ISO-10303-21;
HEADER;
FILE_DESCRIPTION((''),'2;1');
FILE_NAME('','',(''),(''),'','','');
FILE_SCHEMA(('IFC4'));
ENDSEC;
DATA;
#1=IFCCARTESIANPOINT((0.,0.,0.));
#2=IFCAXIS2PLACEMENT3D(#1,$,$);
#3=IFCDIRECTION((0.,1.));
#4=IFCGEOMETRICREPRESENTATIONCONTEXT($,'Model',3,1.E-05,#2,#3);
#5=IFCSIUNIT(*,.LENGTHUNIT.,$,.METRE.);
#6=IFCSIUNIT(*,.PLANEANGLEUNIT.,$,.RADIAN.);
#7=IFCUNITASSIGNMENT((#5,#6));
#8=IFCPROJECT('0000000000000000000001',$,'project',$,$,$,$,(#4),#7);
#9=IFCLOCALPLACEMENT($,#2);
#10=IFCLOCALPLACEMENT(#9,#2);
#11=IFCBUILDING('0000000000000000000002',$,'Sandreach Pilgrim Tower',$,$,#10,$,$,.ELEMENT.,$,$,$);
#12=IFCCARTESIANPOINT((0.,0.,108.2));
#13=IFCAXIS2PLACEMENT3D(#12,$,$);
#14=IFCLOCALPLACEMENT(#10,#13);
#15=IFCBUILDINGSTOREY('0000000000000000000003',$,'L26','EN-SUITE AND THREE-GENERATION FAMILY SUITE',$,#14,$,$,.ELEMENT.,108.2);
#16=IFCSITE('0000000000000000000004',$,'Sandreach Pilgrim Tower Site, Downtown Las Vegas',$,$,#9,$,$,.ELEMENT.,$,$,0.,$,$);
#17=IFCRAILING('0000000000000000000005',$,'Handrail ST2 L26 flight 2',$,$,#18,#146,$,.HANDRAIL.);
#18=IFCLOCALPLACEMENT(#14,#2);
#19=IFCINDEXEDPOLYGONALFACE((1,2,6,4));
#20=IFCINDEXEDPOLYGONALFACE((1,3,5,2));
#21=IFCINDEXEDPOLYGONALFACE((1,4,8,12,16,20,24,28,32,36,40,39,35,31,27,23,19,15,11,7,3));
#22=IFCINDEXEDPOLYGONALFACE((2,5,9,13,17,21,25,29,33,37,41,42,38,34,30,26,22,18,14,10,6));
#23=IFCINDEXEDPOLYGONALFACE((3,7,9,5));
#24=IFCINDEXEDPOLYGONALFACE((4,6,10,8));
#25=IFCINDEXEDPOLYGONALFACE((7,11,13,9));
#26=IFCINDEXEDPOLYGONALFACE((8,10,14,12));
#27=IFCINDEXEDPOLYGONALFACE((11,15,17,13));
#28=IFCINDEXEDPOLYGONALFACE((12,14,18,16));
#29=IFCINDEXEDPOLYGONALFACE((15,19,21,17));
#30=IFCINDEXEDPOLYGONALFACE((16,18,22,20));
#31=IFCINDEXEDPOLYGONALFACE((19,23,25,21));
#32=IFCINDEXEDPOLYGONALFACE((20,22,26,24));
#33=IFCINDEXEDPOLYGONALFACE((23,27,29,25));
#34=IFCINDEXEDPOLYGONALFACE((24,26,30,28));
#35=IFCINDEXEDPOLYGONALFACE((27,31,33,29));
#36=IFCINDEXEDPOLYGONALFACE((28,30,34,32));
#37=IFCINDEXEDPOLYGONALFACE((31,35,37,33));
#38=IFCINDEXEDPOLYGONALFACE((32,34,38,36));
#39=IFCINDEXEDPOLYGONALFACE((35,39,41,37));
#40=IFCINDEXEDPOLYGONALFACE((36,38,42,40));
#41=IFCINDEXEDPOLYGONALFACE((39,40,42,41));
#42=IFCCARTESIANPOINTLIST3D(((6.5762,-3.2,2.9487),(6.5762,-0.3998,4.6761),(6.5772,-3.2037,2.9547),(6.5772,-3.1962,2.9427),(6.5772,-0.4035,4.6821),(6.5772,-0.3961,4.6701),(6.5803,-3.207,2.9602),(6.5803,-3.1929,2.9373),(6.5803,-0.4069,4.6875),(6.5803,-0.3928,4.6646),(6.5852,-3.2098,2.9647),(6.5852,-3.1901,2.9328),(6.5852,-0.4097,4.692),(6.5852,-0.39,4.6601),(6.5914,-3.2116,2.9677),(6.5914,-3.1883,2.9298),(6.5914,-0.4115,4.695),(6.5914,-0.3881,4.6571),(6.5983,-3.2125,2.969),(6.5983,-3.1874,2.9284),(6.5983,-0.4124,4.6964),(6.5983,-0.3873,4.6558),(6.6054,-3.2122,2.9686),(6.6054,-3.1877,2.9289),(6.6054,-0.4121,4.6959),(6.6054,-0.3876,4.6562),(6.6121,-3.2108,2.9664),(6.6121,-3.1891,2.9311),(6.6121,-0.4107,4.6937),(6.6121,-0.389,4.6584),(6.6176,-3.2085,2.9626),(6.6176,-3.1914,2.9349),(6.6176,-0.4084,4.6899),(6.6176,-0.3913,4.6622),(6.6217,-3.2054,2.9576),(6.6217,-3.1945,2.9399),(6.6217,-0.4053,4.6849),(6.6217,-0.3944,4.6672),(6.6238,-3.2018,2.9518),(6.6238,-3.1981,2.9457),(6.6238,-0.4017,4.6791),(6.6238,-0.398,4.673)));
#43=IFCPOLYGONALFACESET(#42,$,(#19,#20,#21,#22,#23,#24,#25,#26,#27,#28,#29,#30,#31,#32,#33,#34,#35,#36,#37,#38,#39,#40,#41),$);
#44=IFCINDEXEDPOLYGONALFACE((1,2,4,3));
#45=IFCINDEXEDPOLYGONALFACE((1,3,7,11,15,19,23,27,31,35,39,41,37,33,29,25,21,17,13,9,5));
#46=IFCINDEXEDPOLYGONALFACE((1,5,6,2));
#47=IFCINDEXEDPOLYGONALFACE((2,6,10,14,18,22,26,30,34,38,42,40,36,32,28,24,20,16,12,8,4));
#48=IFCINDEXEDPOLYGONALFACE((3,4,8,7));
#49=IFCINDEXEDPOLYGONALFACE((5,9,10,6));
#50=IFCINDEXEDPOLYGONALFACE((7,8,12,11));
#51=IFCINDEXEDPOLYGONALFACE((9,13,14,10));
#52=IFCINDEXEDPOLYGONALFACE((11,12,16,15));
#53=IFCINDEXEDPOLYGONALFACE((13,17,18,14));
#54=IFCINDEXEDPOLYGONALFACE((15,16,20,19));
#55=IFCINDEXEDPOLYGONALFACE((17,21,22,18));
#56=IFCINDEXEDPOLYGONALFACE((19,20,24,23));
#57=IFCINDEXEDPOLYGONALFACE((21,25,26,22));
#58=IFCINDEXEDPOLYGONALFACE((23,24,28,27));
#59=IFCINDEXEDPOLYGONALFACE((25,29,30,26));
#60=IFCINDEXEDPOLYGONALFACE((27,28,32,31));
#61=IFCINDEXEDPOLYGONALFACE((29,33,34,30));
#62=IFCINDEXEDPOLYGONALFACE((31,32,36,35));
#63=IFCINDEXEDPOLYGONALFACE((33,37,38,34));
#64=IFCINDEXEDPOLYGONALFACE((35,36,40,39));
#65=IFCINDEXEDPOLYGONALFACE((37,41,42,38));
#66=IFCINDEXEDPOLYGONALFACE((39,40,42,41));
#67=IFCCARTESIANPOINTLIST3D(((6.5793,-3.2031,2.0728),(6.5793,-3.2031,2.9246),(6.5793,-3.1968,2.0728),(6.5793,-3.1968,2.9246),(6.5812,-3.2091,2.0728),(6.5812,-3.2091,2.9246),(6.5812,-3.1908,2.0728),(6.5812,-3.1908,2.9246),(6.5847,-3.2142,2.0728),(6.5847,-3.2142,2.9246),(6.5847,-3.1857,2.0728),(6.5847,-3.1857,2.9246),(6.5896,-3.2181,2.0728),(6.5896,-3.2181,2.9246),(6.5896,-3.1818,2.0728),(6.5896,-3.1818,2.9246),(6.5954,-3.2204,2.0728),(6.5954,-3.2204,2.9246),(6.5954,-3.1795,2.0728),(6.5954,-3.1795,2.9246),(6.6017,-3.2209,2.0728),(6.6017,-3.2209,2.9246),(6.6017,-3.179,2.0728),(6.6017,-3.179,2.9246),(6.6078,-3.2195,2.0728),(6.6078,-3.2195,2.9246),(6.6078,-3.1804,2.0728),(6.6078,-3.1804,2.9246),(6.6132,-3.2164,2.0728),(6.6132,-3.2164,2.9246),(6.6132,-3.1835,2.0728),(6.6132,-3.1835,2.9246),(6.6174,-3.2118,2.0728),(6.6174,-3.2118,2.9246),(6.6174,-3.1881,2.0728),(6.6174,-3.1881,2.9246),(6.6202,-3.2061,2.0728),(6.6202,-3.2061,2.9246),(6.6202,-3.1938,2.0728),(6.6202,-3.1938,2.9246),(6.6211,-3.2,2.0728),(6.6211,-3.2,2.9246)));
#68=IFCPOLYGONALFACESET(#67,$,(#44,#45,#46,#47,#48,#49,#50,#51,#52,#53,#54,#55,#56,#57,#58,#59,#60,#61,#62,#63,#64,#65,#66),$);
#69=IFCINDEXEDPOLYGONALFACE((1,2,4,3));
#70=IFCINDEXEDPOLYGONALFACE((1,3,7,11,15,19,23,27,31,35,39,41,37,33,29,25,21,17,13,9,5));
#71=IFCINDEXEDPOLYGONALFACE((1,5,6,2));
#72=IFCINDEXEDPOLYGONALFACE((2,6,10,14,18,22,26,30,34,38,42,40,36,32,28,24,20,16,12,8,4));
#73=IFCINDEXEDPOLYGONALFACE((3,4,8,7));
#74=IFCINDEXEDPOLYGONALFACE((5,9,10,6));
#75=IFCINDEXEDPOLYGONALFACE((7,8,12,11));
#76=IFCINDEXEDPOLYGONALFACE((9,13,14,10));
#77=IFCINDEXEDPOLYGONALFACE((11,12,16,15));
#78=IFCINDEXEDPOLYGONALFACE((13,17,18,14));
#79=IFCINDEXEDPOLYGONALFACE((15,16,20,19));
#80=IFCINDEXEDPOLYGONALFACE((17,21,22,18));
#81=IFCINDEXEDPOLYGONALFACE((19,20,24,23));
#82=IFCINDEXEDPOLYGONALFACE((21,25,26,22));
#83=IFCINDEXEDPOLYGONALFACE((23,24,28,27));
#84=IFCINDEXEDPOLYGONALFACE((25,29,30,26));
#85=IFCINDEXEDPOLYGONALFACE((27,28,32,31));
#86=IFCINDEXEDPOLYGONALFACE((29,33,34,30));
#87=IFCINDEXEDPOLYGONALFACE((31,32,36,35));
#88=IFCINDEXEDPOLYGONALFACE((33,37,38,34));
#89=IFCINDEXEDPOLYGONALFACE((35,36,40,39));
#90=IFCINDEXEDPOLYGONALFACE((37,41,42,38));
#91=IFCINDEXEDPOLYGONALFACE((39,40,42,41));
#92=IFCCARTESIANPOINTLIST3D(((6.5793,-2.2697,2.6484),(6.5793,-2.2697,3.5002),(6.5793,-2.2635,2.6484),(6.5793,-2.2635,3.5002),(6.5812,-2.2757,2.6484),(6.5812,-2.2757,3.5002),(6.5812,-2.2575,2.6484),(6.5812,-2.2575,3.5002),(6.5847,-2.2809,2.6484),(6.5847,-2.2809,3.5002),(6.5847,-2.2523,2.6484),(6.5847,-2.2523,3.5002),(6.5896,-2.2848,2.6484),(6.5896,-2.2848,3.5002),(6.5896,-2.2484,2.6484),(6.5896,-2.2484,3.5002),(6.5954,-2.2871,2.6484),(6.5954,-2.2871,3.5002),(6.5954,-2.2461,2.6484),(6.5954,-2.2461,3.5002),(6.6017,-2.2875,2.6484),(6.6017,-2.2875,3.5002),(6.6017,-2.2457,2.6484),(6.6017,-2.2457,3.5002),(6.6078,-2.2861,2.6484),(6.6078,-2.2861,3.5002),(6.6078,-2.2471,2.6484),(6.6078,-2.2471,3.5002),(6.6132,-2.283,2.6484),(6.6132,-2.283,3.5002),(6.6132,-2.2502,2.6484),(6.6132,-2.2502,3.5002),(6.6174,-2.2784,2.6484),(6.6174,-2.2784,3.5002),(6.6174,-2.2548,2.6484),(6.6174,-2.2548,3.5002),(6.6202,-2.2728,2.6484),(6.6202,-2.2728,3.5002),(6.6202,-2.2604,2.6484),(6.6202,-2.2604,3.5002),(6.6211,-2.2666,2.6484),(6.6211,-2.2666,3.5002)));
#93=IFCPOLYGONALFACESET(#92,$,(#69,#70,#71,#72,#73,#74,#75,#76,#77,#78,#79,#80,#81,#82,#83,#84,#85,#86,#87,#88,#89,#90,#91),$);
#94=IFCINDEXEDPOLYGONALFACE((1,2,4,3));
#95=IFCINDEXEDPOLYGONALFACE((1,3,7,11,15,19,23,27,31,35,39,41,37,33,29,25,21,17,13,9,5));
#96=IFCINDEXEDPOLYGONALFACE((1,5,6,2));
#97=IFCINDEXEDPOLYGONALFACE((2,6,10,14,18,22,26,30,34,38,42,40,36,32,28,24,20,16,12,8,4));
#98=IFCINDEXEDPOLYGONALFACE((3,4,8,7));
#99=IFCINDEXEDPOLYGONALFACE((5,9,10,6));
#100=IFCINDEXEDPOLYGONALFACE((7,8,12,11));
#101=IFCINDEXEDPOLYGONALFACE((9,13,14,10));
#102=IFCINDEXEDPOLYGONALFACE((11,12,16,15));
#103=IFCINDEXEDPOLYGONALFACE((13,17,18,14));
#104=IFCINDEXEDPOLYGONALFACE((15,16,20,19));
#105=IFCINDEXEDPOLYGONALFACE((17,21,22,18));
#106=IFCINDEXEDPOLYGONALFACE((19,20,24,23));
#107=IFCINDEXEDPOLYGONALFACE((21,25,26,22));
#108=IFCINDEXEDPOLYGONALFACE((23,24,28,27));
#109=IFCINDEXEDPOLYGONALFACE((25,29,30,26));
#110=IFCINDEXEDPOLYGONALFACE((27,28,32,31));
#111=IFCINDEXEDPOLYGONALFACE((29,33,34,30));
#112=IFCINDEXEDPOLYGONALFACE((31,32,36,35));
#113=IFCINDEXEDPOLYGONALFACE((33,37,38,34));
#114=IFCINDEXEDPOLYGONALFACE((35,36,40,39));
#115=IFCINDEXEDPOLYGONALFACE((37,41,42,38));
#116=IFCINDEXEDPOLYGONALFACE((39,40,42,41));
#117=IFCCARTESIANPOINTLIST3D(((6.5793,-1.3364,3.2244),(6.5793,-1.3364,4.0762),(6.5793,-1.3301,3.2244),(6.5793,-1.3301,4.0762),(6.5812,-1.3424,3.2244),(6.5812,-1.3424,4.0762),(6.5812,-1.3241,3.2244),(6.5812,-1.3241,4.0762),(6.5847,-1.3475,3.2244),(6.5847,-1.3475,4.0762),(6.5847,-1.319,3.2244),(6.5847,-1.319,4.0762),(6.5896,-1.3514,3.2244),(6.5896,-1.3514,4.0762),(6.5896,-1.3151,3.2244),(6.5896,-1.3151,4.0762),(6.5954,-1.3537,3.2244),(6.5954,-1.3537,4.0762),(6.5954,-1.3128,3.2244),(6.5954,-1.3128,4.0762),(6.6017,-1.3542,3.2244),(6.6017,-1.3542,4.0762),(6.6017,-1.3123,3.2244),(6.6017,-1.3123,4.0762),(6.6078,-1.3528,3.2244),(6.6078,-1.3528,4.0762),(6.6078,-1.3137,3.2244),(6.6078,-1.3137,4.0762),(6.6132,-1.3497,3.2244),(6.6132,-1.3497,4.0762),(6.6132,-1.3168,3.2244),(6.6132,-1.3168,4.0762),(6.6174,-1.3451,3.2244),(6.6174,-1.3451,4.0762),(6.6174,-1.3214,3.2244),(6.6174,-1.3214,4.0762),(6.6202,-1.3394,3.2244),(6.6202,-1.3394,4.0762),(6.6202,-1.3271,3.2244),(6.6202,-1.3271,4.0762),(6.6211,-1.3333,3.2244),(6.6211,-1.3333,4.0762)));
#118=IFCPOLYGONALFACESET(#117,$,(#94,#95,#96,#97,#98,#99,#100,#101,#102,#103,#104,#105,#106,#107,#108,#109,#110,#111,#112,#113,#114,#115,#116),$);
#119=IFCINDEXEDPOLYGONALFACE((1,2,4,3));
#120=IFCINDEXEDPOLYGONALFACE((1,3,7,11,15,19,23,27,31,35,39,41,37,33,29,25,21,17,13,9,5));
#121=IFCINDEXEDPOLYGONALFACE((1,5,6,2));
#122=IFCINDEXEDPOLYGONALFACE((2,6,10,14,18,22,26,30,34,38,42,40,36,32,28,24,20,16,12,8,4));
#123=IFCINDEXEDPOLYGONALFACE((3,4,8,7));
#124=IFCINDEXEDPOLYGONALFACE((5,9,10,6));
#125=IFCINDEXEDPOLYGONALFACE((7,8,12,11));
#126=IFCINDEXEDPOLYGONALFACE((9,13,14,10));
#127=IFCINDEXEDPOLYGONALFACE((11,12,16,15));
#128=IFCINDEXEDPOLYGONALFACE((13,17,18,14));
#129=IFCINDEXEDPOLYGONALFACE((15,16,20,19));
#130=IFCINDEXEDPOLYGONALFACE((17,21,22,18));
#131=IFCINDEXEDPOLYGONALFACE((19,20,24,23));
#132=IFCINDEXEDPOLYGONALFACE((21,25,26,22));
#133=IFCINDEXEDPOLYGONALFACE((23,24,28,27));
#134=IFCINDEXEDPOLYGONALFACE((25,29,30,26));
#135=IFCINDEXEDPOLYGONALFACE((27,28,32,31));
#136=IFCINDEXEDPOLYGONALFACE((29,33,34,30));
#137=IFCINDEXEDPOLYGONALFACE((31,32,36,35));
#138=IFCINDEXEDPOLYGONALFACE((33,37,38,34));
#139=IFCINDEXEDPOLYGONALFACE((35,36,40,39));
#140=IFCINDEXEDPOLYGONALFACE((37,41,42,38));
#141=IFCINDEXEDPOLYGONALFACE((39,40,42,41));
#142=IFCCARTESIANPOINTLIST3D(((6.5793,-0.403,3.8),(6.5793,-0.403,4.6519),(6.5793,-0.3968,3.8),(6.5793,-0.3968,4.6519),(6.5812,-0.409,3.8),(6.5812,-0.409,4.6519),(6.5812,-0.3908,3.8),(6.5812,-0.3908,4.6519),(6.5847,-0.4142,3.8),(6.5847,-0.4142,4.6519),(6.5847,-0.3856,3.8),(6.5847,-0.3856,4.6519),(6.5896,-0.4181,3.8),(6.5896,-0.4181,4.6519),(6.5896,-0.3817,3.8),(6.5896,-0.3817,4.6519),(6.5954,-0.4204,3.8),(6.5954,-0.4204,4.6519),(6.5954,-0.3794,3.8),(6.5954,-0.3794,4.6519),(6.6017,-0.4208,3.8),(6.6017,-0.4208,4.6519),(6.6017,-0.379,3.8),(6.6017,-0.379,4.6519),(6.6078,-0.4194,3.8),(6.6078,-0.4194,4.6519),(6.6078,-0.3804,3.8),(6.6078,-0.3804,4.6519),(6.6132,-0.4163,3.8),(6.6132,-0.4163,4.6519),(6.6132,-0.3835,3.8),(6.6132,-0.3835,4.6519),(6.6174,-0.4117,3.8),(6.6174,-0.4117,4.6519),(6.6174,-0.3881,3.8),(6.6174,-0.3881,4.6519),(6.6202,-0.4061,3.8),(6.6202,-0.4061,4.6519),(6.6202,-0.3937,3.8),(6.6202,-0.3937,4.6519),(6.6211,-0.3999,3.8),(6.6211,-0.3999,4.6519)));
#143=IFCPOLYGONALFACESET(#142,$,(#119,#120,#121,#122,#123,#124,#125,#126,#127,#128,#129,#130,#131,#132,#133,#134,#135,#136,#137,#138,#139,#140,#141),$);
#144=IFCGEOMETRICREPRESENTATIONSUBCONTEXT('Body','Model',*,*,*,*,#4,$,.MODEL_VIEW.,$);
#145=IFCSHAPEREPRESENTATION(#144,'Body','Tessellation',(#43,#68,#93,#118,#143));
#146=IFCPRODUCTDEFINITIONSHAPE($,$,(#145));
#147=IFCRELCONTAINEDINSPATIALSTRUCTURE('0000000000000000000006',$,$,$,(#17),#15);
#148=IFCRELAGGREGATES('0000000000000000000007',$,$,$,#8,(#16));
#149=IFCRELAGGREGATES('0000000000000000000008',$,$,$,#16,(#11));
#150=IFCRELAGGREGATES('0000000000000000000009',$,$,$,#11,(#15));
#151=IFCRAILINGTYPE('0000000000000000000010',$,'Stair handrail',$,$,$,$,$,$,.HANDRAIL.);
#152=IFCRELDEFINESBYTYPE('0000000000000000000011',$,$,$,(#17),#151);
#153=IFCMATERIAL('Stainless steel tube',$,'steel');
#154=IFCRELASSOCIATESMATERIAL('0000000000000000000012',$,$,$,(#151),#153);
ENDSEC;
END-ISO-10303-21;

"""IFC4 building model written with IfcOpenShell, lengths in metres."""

from ifc_helpers import new_model, si_unit, direction, frame, origin, origin_2d, place, context, subcontext, project, spatial, circle, extrude, material, type_object, element, save


model = new_model("IFC4")

# Units and contexts
model_context = context("Model", 3, precision=1e-05, world=origin(), true_north=direction((0.0, 1.0)))
body_context = subcontext(model_context, "Body", "Model", "MODEL_VIEW")
ifc_project = project(units=[si_unit("LENGTHUNIT", "METRE"), si_unit("PLANEANGLEUNIT", "RADIAN")], contexts=[model_context])

# Site, building, storey
site_placement = place(None, origin())
site = spatial("IfcSite", under=ifc_project, at=site_placement, Name="Sandreach Pilgrim Tower Site, Downtown Las Vegas", CompositionType="ELEMENT", RefElevation=0.0)
building_placement = place(site_placement, origin())
building = spatial("IfcBuilding", under=site, at=building_placement, Name="Sandreach Pilgrim Tower", CompositionType="ELEMENT")
storey_placement = place(building_placement, frame((0.0, 0.0, 108.2)))
storey = spatial("IfcBuildingStorey", under=building, at=storey_placement, Name="L26", Description="EN-SUITE AND THREE-GENERATION FAMILY SUITE", CompositionType="ELEMENT", Elevation=108.2)

# Railing
ifc_material_1 = material(Name="Stainless steel tube", Category="steel")
railing_type = type_object("IfcRailingType", Name="Stair handrail", PredefinedType="HANDRAIL", material=ifc_material_1)
for number, where, name in (
    (1, (6.6001, -3.2, 2.0728), "Handrail ST2 L26 flight 2"),
):
    element("IfcRailing", number, at=place(storey_placement, frame(where)), inside=storey, type_object=railing_type, Name=name, PredefinedType="HANDRAIL", context=body_context, shape_type="SweptSolid", body=[
        extrude(circle(Radius=0.0239, at=origin_2d()), frame((0.0, 0.0, 0.876), z_axis=(0.0, 0.85109, 0.52502), x_axis=(-1.0, 0.0, 0.0)), (0.0, 0.0, 1.0), 3.29),
        extrude(circle(Radius=0.021, at=origin_2d()), origin(), (0.0, 0.0, 1.0), 0.8518),
        extrude(circle(Radius=0.021, at=origin_2d()), frame((0.0, 0.9333, 0.5757)), (0.0, 0.0, 1.0), 0.8518),
        extrude(circle(Radius=0.021, at=origin_2d()), frame((0.0, 1.8667, 1.1516)), (0.0, 0.0, 1.0), 0.8518),
        extrude(circle(Radius=0.021, at=origin_2d()), frame((0.0, 2.8, 1.7273)), (0.0, 0.0, 1.0), 0.8518),
    ])

save(model, "model.ifc")
